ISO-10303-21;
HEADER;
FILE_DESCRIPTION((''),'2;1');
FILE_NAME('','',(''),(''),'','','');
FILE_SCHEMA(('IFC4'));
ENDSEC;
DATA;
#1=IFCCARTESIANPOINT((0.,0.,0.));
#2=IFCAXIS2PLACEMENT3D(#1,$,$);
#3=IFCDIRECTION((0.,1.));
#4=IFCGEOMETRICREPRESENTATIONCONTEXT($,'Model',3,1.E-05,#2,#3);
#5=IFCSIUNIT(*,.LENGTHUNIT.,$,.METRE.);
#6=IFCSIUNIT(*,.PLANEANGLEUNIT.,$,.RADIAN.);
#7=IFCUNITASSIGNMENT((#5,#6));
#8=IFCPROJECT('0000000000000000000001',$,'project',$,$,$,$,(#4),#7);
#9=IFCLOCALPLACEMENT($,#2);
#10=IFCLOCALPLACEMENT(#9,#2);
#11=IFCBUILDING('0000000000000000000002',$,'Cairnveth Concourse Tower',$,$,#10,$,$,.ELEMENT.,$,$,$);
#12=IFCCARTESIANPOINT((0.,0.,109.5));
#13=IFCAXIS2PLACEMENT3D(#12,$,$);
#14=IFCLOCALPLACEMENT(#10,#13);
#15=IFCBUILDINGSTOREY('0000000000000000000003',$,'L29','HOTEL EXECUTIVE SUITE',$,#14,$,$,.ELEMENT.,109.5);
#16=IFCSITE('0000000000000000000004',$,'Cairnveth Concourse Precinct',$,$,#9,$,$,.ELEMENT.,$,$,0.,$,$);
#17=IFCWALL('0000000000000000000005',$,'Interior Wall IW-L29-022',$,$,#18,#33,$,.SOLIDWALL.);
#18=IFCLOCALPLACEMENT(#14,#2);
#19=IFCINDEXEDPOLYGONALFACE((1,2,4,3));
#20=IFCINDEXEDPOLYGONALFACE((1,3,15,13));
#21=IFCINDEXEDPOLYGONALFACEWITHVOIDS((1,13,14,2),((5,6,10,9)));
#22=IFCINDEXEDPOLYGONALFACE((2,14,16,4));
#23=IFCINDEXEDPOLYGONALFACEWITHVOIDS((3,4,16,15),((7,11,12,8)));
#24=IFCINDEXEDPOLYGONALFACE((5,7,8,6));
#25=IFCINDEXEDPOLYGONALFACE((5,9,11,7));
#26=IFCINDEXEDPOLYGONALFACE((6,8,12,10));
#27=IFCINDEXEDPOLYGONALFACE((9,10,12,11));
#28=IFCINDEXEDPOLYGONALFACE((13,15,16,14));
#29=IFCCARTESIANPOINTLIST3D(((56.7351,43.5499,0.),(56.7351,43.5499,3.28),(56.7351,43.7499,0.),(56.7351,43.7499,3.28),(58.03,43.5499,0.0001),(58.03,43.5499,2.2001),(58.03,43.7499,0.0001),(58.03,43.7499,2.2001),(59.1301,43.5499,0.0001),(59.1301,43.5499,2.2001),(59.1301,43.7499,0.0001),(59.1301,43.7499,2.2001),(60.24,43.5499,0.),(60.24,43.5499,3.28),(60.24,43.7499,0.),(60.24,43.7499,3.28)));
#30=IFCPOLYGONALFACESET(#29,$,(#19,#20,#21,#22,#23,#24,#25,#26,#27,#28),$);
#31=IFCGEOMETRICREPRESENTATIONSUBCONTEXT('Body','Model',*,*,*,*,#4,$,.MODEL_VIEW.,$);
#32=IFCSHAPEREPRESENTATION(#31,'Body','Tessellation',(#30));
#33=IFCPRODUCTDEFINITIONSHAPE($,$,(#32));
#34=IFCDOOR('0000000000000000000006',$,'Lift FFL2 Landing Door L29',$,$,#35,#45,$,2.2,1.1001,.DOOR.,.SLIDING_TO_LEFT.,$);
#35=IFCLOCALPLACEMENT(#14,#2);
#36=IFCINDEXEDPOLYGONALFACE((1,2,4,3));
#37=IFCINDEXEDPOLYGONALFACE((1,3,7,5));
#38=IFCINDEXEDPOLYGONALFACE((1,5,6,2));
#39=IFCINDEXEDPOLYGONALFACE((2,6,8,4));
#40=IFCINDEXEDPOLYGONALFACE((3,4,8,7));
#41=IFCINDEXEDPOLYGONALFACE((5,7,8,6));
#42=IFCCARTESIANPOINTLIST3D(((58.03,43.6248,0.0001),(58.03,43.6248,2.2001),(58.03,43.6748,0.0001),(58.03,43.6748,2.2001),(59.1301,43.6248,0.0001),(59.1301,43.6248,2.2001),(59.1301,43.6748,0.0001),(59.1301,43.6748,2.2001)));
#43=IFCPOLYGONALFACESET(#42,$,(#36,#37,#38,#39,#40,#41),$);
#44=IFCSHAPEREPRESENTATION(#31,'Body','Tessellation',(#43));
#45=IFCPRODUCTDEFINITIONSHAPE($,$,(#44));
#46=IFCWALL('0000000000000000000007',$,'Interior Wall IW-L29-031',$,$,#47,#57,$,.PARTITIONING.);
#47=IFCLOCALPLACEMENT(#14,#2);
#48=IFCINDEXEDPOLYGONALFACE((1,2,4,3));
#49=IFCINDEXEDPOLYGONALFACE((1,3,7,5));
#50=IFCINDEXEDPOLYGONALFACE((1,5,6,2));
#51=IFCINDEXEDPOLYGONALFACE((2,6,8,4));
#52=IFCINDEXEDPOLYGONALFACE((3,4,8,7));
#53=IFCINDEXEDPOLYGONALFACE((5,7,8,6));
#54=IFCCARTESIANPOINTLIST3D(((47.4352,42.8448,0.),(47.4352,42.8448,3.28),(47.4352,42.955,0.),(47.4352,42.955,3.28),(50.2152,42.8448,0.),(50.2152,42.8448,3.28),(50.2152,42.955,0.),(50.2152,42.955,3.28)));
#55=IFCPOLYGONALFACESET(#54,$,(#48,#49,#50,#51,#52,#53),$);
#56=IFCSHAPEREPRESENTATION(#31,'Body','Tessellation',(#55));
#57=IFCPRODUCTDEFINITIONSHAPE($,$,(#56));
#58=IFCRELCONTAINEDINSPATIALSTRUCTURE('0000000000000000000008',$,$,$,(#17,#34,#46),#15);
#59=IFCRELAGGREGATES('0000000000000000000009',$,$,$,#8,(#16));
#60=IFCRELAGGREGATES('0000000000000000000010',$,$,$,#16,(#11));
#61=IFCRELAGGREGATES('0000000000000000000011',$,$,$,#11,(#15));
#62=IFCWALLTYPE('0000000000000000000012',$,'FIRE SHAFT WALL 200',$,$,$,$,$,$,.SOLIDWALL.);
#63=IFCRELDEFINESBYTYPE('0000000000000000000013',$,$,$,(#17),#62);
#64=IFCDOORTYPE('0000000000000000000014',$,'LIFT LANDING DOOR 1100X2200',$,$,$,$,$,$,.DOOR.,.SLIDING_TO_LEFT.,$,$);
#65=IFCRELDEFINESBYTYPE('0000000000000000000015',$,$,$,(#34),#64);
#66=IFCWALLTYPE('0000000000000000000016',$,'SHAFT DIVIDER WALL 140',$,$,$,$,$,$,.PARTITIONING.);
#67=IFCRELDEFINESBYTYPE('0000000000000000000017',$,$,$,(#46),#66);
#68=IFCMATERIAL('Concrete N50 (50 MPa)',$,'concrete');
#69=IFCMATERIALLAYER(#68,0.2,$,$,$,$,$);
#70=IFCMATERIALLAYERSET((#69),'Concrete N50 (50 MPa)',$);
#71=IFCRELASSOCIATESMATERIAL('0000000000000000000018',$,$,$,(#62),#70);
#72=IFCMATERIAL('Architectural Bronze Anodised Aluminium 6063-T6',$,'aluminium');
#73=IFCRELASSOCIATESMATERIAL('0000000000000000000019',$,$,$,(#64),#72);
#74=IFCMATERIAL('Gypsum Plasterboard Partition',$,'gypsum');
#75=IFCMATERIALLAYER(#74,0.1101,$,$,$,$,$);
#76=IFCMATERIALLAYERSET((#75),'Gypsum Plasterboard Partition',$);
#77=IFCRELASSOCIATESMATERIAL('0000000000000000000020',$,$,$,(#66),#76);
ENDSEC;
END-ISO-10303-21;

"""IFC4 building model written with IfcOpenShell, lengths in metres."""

from ifc_helpers import new_model, si_unit, direction, frame, frame_2d, origin, place, context, subcontext, project, spatial, rectangle, extrude, material, layer, layer_set, type_object, element, fill, save


model = new_model("IFC4")

# Units and contexts
model_context = context("Model", 3, precision=1e-05, world=origin(), true_north=direction((0.0, 1.0)))
body_context = subcontext(model_context, "Body", "Model", "MODEL_VIEW")
ifc_project = project(units=[si_unit("LENGTHUNIT", "METRE"), si_unit("PLANEANGLEUNIT", "RADIAN")], contexts=[model_context])

# Site, building, storey
site_placement = place(None, origin())
site = spatial("IfcSite", under=ifc_project, at=site_placement, Name="Cairnveth Concourse Precinct", CompositionType="ELEMENT", RefElevation=0.0)
building_placement = place(site_placement, origin())
building = spatial("IfcBuilding", under=site, at=building_placement, Name="Cairnveth Concourse Tower", CompositionType="ELEMENT")
storey_placement = place(building_placement, frame((0.0, 0.0, 109.5)))
storey = spatial("IfcBuildingStorey", under=building, at=storey_placement, Name="L29", Description="HOTEL EXECUTIVE SUITE", CompositionType="ELEMENT", Elevation=109.5)

# Shared definitions
ifc_material_1 = material(Name="Concrete N50 (50 MPa)", Category="concrete")
ifc_layer_1 = layer(ifc_material_1, 0.2)
ifc_layer_set_1 = layer_set([ifc_layer_1], Name="Concrete N50 (50 MPa)")
wall_type_1 = type_object("IfcWallType", Name="FIRE SHAFT WALL 200", PredefinedType="SOLIDWALL", material=ifc_layer_set_1)

# Wall, opening, door
wall_1_placement = place(storey_placement, frame((56.7351, 43.6499, 0.0), z_axis=(0.0, 0.0, 1.0), x_axis=(1.0, 0.0, 0.0)))
wall_1 = element("IfcWall", 1, at=wall_1_placement, inside=storey, type_object=wall_type_1, Name="Interior Wall IW-L29-022", PredefinedType="SOLIDWALL", context=body_context, shape_type="SweptSolid", body=[
    extrude(rectangle(XDim=3.5049, YDim=0.2, at=frame_2d((1.7524, 0.0))), origin(), (0.0, 0.0, 1.0), 3.28),
])
opening_1_placement = place(wall_1_placement, frame((1.2949, 0.0, 0.0)))
opening_1 = element("IfcOpeningElement", 2, at=opening_1_placement, cuts=wall_1, PredefinedType="OPENING", context=body_context, shape_type="SweptSolid", body=[
    extrude(rectangle(XDim=1.1001, YDim=2.2, at=frame_2d((0.55, 1.1001))), frame((0.0, 0.1099, 0.0), z_axis=(0.0, -1.0, 0.0), x_axis=(1.0, 0.0, 0.0)), (0.0, 0.0, 1.0), 0.22),
])
ifc_material_2 = material(Name="Architectural Bronze Anodised Aluminium 6063-T6", Category="aluminium")
door_type_1 = type_object("IfcDoorType", Name="LIFT LANDING DOOR 1100X2200", OperationType="SLIDING_TO_LEFT", PredefinedType="DOOR", material=ifc_material_2)
door_1_placement = place(opening_1_placement, origin())
door_1 = element("IfcDoor", 3, at=door_1_placement, inside=storey, type_object=door_type_1, Name="Lift FFL2 Landing Door L29", OperationType="SLIDING_TO_LEFT", OverallHeight=2.2, OverallWidth=1.1001, PredefinedType="DOOR", context=body_context, shape_type="SweptSolid", body=[
    extrude(rectangle(XDim=1.1001, YDim=2.2, at=frame_2d((0.55, 1.1001))), frame((0.0, 0.0249, 0.0), z_axis=(0.0, -1.0, 0.0), x_axis=(1.0, 0.0, 0.0)), (0.0, 0.0, 1.0), 0.05),
])
fill(opening_1, door_1)

# Wall
ifc_material_3 = material(Name="Gypsum Plasterboard Partition", Category="gypsum")
ifc_layer_2 = layer(ifc_material_3, 0.1101)
ifc_layer_set_2 = layer_set([ifc_layer_2], Name="Gypsum Plasterboard Partition")
wall_type_2 = type_object("IfcWallType", Name="SHAFT DIVIDER WALL 140", PredefinedType="PARTITIONING", material=ifc_layer_set_2)
wall_2_placement = place(storey_placement, frame((47.4351, 42.8999, 0.0), z_axis=(0.0, 0.0, 1.0), x_axis=(1.0, 0.0, 0.0)))
element("IfcWall", 4, at=wall_2_placement, inside=storey, type_object=wall_type_2, Name="Interior Wall IW-L29-031", PredefinedType="PARTITIONING", context=body_context, shape_type="SweptSolid", body=[
    extrude(rectangle(XDim=2.78, YDim=0.1101, at=frame_2d((1.3901, 0.0))), origin(), (0.0, 0.0, 1.0), 3.28),
])

save(model, "model.ifc")
